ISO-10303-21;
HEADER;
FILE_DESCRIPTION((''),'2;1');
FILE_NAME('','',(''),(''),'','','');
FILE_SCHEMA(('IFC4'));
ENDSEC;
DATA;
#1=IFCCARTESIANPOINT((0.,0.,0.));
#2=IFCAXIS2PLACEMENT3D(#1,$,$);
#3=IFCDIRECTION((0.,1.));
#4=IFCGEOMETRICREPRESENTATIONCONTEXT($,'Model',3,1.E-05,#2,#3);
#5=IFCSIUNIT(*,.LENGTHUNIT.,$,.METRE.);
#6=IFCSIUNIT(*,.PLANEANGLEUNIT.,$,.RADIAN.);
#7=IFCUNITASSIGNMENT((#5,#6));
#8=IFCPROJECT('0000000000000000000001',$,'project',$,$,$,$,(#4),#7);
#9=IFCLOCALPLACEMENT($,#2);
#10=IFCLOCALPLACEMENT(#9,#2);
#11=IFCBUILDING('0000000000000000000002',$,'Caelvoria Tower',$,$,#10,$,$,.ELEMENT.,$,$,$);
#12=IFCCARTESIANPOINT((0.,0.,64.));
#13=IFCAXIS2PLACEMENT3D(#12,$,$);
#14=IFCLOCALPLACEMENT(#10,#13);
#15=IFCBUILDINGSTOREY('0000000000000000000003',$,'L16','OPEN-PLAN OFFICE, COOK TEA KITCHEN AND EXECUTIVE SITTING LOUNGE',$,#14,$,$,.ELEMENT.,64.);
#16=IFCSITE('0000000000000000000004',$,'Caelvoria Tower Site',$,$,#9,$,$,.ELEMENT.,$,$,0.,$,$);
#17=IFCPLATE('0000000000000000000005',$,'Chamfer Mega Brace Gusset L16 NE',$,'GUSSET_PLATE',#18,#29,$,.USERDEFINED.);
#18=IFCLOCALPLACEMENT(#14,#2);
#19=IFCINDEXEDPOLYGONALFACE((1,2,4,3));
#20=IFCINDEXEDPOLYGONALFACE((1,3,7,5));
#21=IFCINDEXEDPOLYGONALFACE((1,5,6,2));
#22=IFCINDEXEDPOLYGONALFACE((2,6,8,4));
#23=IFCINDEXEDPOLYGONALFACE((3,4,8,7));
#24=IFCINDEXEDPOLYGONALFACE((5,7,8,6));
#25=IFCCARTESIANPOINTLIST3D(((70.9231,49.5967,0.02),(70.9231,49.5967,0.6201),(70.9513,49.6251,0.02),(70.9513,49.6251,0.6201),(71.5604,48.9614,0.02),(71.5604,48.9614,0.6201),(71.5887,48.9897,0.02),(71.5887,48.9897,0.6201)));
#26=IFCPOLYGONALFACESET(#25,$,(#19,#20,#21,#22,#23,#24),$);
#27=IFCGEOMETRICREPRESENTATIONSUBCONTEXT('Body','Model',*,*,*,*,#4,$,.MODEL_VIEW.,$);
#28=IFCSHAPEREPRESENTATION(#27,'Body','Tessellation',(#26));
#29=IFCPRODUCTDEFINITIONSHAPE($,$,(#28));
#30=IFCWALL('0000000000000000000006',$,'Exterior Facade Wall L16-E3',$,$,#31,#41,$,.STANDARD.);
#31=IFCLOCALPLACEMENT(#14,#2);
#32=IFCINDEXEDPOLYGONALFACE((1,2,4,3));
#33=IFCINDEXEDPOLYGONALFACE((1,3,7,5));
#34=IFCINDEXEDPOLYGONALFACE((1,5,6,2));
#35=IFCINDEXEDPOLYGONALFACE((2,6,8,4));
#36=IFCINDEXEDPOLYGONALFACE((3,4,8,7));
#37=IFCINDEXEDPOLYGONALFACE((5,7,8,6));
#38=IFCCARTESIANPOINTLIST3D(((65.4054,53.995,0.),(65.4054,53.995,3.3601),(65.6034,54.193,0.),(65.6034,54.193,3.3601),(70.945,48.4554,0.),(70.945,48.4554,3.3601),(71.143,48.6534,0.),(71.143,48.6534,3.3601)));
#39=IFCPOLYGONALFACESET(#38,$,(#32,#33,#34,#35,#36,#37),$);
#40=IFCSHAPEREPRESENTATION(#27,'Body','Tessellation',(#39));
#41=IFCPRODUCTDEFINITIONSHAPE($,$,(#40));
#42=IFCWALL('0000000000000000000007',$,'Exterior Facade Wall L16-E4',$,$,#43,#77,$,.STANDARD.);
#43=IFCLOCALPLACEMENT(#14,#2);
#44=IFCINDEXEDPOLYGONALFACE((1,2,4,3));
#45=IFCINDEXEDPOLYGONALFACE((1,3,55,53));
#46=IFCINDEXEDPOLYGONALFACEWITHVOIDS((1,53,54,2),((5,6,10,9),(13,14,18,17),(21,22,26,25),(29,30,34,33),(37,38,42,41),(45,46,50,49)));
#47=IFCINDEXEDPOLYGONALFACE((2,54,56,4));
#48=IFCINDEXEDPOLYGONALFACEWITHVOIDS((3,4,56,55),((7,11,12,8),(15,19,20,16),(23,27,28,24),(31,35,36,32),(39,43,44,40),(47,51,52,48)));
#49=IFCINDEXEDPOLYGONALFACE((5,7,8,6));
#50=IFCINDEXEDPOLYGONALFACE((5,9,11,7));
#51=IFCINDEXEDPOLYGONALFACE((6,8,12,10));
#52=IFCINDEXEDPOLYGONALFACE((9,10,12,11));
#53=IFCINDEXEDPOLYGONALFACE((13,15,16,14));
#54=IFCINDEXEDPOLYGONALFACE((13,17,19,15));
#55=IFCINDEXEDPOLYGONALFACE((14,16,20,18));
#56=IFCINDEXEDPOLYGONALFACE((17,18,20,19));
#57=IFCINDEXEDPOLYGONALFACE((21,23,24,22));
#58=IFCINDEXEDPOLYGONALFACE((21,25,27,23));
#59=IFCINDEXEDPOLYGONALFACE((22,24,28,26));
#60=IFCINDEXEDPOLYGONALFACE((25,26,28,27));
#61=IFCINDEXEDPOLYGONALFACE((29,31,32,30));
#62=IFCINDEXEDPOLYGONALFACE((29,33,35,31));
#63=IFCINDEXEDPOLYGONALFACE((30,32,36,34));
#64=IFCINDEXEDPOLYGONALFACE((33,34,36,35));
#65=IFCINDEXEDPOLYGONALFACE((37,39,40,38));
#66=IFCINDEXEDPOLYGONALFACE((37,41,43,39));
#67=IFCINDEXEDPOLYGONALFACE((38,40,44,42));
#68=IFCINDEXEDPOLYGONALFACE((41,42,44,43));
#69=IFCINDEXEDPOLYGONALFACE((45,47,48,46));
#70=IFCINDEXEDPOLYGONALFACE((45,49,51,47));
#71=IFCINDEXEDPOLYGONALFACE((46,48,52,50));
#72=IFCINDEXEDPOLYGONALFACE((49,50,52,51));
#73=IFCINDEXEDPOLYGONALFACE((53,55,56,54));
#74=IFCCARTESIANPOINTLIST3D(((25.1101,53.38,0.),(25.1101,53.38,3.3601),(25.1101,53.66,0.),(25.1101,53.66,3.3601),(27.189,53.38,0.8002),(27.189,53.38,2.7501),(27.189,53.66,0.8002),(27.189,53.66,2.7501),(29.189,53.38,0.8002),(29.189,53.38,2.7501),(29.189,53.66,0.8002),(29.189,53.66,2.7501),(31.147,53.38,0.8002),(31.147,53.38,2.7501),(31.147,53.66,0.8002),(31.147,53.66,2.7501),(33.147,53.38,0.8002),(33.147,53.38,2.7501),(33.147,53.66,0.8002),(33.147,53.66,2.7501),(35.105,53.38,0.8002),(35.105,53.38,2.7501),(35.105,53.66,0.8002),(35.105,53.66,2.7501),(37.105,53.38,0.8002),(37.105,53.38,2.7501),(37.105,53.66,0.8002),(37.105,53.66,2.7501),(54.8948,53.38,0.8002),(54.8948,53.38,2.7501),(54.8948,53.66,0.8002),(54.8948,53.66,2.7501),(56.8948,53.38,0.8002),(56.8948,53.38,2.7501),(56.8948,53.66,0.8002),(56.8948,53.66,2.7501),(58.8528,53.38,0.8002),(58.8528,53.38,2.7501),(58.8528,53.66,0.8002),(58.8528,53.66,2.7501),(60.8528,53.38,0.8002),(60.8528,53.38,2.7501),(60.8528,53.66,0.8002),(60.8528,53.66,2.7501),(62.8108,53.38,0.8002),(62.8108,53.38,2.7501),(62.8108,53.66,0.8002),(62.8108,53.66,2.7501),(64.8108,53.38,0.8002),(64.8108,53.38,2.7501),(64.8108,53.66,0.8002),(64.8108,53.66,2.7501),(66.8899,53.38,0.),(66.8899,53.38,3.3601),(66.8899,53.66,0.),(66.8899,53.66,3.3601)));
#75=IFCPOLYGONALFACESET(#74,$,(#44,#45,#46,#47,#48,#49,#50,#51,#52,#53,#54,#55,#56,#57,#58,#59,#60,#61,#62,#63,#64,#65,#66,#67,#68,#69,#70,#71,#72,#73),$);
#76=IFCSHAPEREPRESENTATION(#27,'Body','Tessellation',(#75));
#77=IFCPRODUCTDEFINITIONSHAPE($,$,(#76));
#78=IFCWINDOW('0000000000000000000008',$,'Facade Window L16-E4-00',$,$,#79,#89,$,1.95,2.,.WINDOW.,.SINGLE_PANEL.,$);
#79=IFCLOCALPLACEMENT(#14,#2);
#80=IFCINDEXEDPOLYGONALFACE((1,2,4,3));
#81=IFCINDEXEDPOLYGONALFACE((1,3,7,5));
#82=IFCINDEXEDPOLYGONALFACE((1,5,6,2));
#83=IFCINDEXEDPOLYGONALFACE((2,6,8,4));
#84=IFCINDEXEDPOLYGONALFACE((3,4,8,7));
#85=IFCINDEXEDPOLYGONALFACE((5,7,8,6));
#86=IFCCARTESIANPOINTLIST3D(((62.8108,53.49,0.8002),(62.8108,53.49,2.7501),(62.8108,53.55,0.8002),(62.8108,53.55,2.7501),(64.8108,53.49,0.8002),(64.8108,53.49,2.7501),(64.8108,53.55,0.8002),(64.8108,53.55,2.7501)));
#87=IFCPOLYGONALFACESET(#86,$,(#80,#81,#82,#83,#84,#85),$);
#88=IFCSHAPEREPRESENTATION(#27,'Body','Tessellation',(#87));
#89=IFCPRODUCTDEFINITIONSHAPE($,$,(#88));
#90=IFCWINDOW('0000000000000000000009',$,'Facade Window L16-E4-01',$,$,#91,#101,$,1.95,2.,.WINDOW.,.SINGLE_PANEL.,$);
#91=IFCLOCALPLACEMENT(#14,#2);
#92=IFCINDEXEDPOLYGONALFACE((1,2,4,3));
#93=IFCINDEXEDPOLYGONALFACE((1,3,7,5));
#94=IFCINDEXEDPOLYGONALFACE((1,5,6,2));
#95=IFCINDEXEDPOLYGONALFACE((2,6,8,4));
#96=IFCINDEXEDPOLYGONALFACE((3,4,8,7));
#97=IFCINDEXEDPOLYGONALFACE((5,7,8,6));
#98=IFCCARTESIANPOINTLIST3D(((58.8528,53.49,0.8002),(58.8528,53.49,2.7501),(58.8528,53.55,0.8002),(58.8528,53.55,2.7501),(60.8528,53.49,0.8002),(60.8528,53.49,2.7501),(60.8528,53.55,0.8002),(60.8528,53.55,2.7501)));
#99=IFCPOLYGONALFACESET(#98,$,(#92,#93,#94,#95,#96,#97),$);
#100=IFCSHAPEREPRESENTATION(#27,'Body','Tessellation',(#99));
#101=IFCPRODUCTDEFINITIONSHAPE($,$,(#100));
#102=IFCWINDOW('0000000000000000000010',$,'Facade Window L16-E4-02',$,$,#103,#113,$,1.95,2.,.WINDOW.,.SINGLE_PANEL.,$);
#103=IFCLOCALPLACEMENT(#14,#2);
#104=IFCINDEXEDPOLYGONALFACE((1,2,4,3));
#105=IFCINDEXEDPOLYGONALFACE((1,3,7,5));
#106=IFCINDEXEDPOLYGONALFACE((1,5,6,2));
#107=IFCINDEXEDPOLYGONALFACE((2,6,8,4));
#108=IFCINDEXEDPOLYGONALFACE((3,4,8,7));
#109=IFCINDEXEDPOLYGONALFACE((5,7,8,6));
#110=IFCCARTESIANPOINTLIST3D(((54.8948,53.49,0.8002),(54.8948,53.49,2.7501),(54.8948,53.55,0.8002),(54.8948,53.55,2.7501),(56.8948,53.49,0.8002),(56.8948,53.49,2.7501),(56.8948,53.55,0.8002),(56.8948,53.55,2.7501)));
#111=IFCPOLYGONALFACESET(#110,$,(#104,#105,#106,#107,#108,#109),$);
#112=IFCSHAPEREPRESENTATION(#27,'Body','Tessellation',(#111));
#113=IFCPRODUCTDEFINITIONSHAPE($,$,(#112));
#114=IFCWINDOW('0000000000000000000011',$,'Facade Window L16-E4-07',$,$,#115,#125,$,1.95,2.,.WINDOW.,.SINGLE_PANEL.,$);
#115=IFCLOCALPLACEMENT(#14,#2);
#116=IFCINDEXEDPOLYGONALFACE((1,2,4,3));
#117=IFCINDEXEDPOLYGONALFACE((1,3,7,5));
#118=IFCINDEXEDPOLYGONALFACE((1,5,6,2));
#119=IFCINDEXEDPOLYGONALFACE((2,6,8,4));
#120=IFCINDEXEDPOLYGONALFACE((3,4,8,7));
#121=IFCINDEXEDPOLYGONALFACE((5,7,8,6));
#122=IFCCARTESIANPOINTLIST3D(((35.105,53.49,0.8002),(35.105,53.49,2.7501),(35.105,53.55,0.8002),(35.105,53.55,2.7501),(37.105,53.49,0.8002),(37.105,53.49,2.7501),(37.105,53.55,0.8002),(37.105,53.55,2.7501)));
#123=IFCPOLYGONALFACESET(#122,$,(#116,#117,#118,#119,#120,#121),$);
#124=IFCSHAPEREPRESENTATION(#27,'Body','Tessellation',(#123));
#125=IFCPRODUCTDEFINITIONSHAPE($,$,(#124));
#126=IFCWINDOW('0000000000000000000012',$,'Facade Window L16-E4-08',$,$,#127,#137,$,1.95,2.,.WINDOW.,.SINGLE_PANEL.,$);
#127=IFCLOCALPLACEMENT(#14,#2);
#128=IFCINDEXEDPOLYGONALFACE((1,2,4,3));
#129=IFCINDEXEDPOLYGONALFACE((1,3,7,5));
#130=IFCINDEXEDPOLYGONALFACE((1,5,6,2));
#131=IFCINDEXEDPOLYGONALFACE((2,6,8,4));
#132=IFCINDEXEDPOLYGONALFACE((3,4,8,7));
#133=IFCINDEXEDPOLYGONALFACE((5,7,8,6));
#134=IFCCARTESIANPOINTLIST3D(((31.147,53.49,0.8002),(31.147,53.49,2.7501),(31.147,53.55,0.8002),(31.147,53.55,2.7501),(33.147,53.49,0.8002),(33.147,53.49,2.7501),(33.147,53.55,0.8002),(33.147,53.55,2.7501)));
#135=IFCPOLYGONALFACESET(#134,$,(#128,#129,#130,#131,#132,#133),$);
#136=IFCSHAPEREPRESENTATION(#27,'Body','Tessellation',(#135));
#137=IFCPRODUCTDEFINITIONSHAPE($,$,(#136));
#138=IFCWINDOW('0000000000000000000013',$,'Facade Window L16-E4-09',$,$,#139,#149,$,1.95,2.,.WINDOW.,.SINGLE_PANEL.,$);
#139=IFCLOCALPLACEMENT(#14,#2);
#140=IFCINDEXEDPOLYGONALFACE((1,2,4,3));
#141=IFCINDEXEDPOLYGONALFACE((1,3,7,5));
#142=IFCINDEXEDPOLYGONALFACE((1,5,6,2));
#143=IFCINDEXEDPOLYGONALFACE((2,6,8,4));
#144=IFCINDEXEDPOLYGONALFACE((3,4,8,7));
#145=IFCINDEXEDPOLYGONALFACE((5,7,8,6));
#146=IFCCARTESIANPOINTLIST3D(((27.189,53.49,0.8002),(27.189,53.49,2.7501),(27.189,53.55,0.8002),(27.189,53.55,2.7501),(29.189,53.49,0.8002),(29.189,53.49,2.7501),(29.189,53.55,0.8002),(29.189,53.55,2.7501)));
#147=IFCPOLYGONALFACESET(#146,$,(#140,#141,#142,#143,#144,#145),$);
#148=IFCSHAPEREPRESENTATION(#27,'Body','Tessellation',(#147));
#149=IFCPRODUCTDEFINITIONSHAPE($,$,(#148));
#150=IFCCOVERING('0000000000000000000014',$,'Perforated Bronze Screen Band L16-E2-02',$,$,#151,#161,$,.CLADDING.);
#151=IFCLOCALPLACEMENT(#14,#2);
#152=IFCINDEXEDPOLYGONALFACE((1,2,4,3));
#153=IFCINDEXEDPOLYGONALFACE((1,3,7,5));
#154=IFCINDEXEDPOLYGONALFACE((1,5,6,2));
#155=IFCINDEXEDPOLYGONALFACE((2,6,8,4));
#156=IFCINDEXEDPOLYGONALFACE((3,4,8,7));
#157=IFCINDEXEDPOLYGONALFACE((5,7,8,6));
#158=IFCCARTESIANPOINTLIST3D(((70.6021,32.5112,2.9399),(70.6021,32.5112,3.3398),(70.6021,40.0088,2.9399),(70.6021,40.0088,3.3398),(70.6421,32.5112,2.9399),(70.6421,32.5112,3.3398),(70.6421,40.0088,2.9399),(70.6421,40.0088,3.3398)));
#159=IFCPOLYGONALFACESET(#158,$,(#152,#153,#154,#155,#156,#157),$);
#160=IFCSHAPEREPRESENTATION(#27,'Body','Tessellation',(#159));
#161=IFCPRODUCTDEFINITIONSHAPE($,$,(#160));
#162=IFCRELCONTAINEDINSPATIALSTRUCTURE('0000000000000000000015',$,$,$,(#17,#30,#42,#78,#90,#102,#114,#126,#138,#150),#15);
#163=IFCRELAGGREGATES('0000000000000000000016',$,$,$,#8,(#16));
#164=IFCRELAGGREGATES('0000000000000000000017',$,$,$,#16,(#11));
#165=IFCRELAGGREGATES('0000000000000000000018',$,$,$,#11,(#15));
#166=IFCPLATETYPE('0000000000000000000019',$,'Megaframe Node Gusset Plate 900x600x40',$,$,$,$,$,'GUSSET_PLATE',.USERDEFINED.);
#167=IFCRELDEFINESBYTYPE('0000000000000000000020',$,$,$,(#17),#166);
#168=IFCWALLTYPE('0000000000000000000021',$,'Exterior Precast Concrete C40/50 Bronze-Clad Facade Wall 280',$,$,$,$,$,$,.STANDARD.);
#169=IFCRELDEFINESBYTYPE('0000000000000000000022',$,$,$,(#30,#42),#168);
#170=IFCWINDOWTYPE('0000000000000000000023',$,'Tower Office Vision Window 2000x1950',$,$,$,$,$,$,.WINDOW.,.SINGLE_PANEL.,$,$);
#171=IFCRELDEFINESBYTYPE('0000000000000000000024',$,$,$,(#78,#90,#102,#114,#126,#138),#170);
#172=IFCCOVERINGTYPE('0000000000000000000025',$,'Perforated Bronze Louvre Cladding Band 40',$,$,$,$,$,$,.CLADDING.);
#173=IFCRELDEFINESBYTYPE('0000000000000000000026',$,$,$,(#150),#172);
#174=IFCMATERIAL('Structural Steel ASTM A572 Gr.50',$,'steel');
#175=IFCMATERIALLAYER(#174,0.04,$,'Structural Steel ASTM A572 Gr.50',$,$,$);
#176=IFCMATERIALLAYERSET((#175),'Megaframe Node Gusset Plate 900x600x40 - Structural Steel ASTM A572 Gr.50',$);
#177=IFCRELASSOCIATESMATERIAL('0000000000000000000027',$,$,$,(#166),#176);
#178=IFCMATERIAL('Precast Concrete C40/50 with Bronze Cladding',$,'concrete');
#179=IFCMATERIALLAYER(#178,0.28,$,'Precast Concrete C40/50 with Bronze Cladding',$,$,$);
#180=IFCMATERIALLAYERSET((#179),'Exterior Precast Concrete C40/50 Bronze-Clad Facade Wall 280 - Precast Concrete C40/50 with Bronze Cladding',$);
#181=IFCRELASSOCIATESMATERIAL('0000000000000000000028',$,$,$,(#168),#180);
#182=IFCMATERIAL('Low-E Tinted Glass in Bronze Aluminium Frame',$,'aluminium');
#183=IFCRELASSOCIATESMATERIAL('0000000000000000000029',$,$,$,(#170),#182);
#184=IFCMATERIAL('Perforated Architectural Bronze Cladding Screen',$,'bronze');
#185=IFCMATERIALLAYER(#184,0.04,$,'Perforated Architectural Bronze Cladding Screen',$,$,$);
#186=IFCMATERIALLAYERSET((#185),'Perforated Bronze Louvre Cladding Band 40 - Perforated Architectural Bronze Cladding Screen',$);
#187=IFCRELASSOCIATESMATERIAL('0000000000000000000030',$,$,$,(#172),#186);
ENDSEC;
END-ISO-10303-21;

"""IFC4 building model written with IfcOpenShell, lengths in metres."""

from ifc_helpers import new_model, si_unit, direction, frame, frame_2d, origin, origin_2d, place, context, subcontext, project, spatial, rectangle, extrude, material, layer, layer_set, type_object, element, fill, save


model = new_model("IFC4")

# Units and contexts
model_context = context("Model", 3, precision=1e-05, world=origin(), true_north=direction((0.0, 1.0)))
body_context = subcontext(model_context, "Body", "Model", "MODEL_VIEW")
ifc_project = project(units=[si_unit("LENGTHUNIT", "METRE"), si_unit("PLANEANGLEUNIT", "RADIAN")], contexts=[model_context])

# Site, building, storey
site_placement = place(None, origin())
site = spatial("IfcSite", under=ifc_project, at=site_placement, Name="Caelvoria Tower Site", CompositionType="ELEMENT", RefElevation=0.0)
building_placement = place(site_placement, origin())
building = spatial("IfcBuilding", under=site, at=building_placement, Name="Caelvoria Tower", CompositionType="ELEMENT")
storey_placement = place(building_placement, frame((0.0, 0.0, 64.0)))
storey = spatial("IfcBuildingStorey", under=building, at=storey_placement, Name="L16", Description="OPEN-PLAN OFFICE, COOK TEA KITCHEN AND EXECUTIVE SITTING LOUNGE", CompositionType="ELEMENT", Elevation=64.0)

# Shared definitions
ifc_material_1 = material(Name="Structural Steel ASTM A572 Gr.50", Category="steel")

# Plate
ifc_layer_1 = layer(ifc_material_1, 0.04, Name="Structural Steel ASTM A572 Gr.50")
ifc_layer_set_1 = layer_set([ifc_layer_1], Name="Megaframe Node Gusset Plate 900x600x40 - Structural Steel ASTM A572 Gr.50")
plate_type = type_object("IfcPlateType", Name="Megaframe Node Gusset Plate 900x600x40", ElementType="GUSSET_PLATE", PredefinedType="USERDEFINED", material=ifc_layer_set_1)
plate_placement = place(storey_placement, frame((71.2559, 49.2932, 0.02), z_axis=(0.0, 0.0, 1.0), x_axis=(-0.708219, 0.705993, 0.0)))
element("IfcPlate", 1, at=plate_placement, inside=storey, type_object=plate_type, Name="Chamfer Mega Brace Gusset L16 NE", ObjectType="GUSSET_PLATE", PredefinedType="USERDEFINED", context=body_context, shape_type="SweptSolid", body=[
    extrude(rectangle(XDim=0.8999, YDim=0.04, at=origin_2d()), origin(), (0.0, 0.0, 1.0), 0.6001),
])

# Wall
ifc_material_2 = material(Name="Precast Concrete C40/50 with Bronze Cladding", Category="concrete")
ifc_layer_2 = layer(ifc_material_2, 0.28, Name="Precast Concrete C40/50 with Bronze Cladding")
ifc_layer_set_2 = layer_set([ifc_layer_2], Name="Exterior Precast Concrete C40/50 Bronze-Clad Facade Wall 280 - Precast Concrete C40/50 with Bronze Cladding")
wall_type = type_object("IfcWallType", Name="Exterior Precast Concrete C40/50 Bronze-Clad Facade Wall 280", PredefinedType="STANDARD", material=ifc_layer_set_2)
wall_1_placement = place(storey_placement, frame((71.0439, 48.5544, 0.0), z_axis=(0.0, 0.0, 1.0), x_axis=(-0.707107, 0.707107, 0.0)))
element("IfcWall", 2, at=wall_1_placement, inside=storey, type_object=wall_type, Name="Exterior Facade Wall L16-E3", PredefinedType="STANDARD", context=body_context, shape_type="SweptSolid", body=[
    extrude(rectangle(XDim=7.8342, YDim=0.28, at=frame_2d((3.917, 0.0))), origin(), (0.0, 0.0, 1.0), 3.3601),
])

# Wall, openings, windows
wall_2_placement = place(storey_placement, frame((66.8899, 53.52, 0.0), z_axis=(0.0, 0.0, 1.0), x_axis=(-1.0, 0.0, 0.0)))
wall_2 = element("IfcWall", 3, at=wall_2_placement, inside=storey, type_object=wall_type, Name="Exterior Facade Wall L16-E4", PredefinedType="STANDARD", context=body_context, shape_type="SweptSolid", body=[
    extrude(rectangle(XDim=41.7798, YDim=0.28, at=frame_2d((20.8899, 0.0))), origin(), (0.0, 0.0, 1.0), 3.3601),
])
opening_1_placement = place(wall_2_placement, frame((2.0791, 0.0, 0.8)))
opening_1 = element("IfcOpeningElement", 4, at=opening_1_placement, cuts=wall_2, PredefinedType="OPENING", context=body_context, shape_type="SweptSolid", body=[
    extrude(rectangle(XDim=2.0, YDim=1.95, at=frame_2d((1.0, 0.9751))), frame((0.0, 0.1499, 0.0), z_axis=(0.0, -1.0, 0.0), x_axis=(1.0, 0.0, 0.0)), (0.0, 0.0, 1.0), 0.3),
])
opening_2_placement = place(wall_2_placement, frame((6.0371, 0.0, 0.8)))
opening_2 = element("IfcOpeningElement", 5, at=opening_2_placement, cuts=wall_2, PredefinedType="OPENING", context=body_context, shape_type="SweptSolid", body=[
    extrude(rectangle(XDim=2.0, YDim=1.95, at=frame_2d((1.0, 0.9751))), frame((0.0, 0.1499, 0.0), z_axis=(0.0, -1.0, 0.0), x_axis=(1.0, 0.0, 0.0)), (0.0, 0.0, 1.0), 0.3),
])
opening_3_placement = place(wall_2_placement, frame((9.9951, 0.0, 0.8)))
opening_3 = element("IfcOpeningElement", 6, at=opening_3_placement, cuts=wall_2, PredefinedType="OPENING", context=body_context, shape_type="SweptSolid", body=[
    extrude(rectangle(XDim=2.0, YDim=1.95, at=frame_2d((1.0, 0.9751))), frame((0.0, 0.1499, 0.0), z_axis=(0.0, -1.0, 0.0), x_axis=(1.0, 0.0, 0.0)), (0.0, 0.0, 1.0), 0.3),
])
opening_4_placement = place(wall_2_placement, frame((29.7849, 0.0, 0.8)))
opening_4 = element("IfcOpeningElement", 7, at=opening_4_placement, cuts=wall_2, PredefinedType="OPENING", context=body_context, shape_type="SweptSolid", body=[
    extrude(rectangle(XDim=2.0, YDim=1.95, at=frame_2d((1.0, 0.9751))), frame((0.0, 0.1499, 0.0), z_axis=(0.0, -1.0, 0.0), x_axis=(1.0, 0.0, 0.0)), (0.0, 0.0, 1.0), 0.3),
])
opening_5_placement = place(wall_2_placement, frame((33.7429, 0.0, 0.8)))
opening_5 = element("IfcOpeningElement", 8, at=opening_5_placement, cuts=wall_2, PredefinedType="OPENING", context=body_context, shape_type="SweptSolid", body=[
    extrude(rectangle(XDim=2.0, YDim=1.95, at=frame_2d((1.0, 0.9751))), frame((0.0, 0.1499, 0.0), z_axis=(0.0, -1.0, 0.0), x_axis=(1.0, 0.0, 0.0)), (0.0, 0.0, 1.0), 0.3),
])
opening_6_placement = place(wall_2_placement, frame((37.7009, 0.0, 0.8)))
opening_6 = element("IfcOpeningElement", 9, at=opening_6_placement, cuts=wall_2, PredefinedType="OPENING", context=body_context, shape_type="SweptSolid", body=[
    extrude(rectangle(XDim=2.0, YDim=1.95, at=frame_2d((1.0, 0.9751))), frame((0.0, 0.1499, 0.0), z_axis=(0.0, -1.0, 0.0), x_axis=(1.0, 0.0, 0.0)), (0.0, 0.0, 1.0), 0.3),
])
ifc_material_3 = material(Name="Low-E Tinted Glass in Bronze Aluminium Frame", Category="aluminium")
window_type = type_object("IfcWindowType", Name="Tower Office Vision Window 2000x1950", PartitioningType="SINGLE_PANEL", PredefinedType="WINDOW", material=ifc_material_3)
window_1_placement = place(opening_1_placement, origin())
window_1 = element("IfcWindow", 10, at=window_1_placement, inside=storey, type_object=window_type, Name="Facade Window L16-E4-00", OverallHeight=1.95, OverallWidth=2.0, PartitioningType="SINGLE_PANEL", PredefinedType="WINDOW", context=body_context, shape_type="SweptSolid", body=[
    extrude(rectangle(XDim=2.0, YDim=1.95, at=frame_2d((1.0, 0.9751))), frame((0.0, 0.03, 0.0), z_axis=(0.0, -1.0, 0.0), x_axis=(1.0, 0.0, 0.0)), (0.0, 0.0, 1.0), 0.0601),
])
fill(opening_1, window_1)
window_2_placement = place(opening_2_placement, origin())
window_2 = element("IfcWindow", 11, at=window_2_placement, inside=storey, type_object=window_type, Name="Facade Window L16-E4-01", OverallHeight=1.95, OverallWidth=2.0, PartitioningType="SINGLE_PANEL", PredefinedType="WINDOW", context=body_context, shape_type="SweptSolid", body=[
    extrude(rectangle(XDim=2.0, YDim=1.95, at=frame_2d((1.0, 0.9751))), frame((0.0, 0.03, 0.0), z_axis=(0.0, -1.0, 0.0), x_axis=(1.0, 0.0, 0.0)), (0.0, 0.0, 1.0), 0.0601),
])
fill(opening_2, window_2)
window_3_placement = place(opening_3_placement, origin())
window_3 = element("IfcWindow", 12, at=window_3_placement, inside=storey, type_object=window_type, Name="Facade Window L16-E4-02", OverallHeight=1.95, OverallWidth=2.0, PartitioningType="SINGLE_PANEL", PredefinedType="WINDOW", context=body_context, shape_type="SweptSolid", body=[
    extrude(rectangle(XDim=2.0, YDim=1.95, at=frame_2d((1.0, 0.9751))), frame((0.0, 0.03, 0.0), z_axis=(0.0, -1.0, 0.0), x_axis=(1.0, 0.0, 0.0)), (0.0, 0.0, 1.0), 0.0601),
])
fill(opening_3, window_3)
window_4_placement = place(opening_4_placement, origin())
window_4 = element("IfcWindow", 13, at=window_4_placement, inside=storey, type_object=window_type, Name="Facade Window L16-E4-07", OverallHeight=1.95, OverallWidth=2.0, PartitioningType="SINGLE_PANEL", PredefinedType="WINDOW", context=body_context, shape_type="SweptSolid", body=[
    extrude(rectangle(XDim=2.0, YDim=1.95, at=frame_2d((1.0, 0.9751))), frame((0.0, 0.03, 0.0), z_axis=(0.0, -1.0, 0.0), x_axis=(1.0, 0.0, 0.0)), (0.0, 0.0, 1.0), 0.0601),
])
fill(opening_4, window_4)
window_5_placement = place(opening_5_placement, origin())
window_5 = element("IfcWindow", 14, at=window_5_placement, inside=storey, type_object=window_type, Name="Facade Window L16-E4-08", OverallHeight=1.95, OverallWidth=2.0, PartitioningType="SINGLE_PANEL", PredefinedType="WINDOW", context=body_context, shape_type="SweptSolid", body=[
    extrude(rectangle(XDim=2.0, YDim=1.95, at=frame_2d((1.0, 0.9751))), frame((0.0, 0.03, 0.0), z_axis=(0.0, -1.0, 0.0), x_axis=(1.0, 0.0, 0.0)), (0.0, 0.0, 1.0), 0.0601),
])
fill(opening_5, window_5)
window_6_placement = place(opening_6_placement, origin())
window_6 = element("IfcWindow", 15, at=window_6_placement, inside=storey, type_object=window_type, Name="Facade Window L16-E4-09", OverallHeight=1.95, OverallWidth=2.0, PartitioningType="SINGLE_PANEL", PredefinedType="WINDOW", context=body_context, shape_type="SweptSolid", body=[
    extrude(rectangle(XDim=2.0, YDim=1.95, at=frame_2d((1.0, 0.9751))), frame((0.0, 0.03, 0.0), z_axis=(0.0, -1.0, 0.0), x_axis=(1.0, 0.0, 0.0)), (0.0, 0.0, 1.0), 0.0601),
])
fill(opening_6, window_6)

# Covering
ifc_material_4 = material(Name="Perforated Architectural Bronze Cladding Screen", Category="bronze")
ifc_layer_3 = layer(ifc_material_4, 0.04, Name="Perforated Architectural Bronze Cladding Screen")
ifc_layer_set_3 = layer_set([ifc_layer_3], Name="Perforated Bronze Louvre Cladding Band 40 - Perforated Architectural Bronze Cladding Screen")
covering_type = type_object("IfcCoveringType", Name="Perforated Bronze Louvre Cladding Band 40", PredefinedType="CLADDING", material=ifc_layer_set_3)
for number, where, z_axis, x_axis, name in (
    (16, (70.6221, 36.26, 2.9399), (0.0, 0.0, 1.0), (0.0, 1.0, 0.0), "Perforated Bronze Screen Band L16-E2-02"),
):
    element("IfcCovering", number, at=place(storey_placement, frame(where, z_axis=z_axis, x_axis=x_axis)), inside=storey, type_object=covering_type, Name=name, PredefinedType="CLADDING", context=body_context, shape_type="SweptSolid", body=[
        extrude(rectangle(XDim=7.4976, YDim=0.04, at=origin_2d()), origin(), (0.0, 0.0, 1.0), 0.3999),
    ])

save(model, "model.ifc")
